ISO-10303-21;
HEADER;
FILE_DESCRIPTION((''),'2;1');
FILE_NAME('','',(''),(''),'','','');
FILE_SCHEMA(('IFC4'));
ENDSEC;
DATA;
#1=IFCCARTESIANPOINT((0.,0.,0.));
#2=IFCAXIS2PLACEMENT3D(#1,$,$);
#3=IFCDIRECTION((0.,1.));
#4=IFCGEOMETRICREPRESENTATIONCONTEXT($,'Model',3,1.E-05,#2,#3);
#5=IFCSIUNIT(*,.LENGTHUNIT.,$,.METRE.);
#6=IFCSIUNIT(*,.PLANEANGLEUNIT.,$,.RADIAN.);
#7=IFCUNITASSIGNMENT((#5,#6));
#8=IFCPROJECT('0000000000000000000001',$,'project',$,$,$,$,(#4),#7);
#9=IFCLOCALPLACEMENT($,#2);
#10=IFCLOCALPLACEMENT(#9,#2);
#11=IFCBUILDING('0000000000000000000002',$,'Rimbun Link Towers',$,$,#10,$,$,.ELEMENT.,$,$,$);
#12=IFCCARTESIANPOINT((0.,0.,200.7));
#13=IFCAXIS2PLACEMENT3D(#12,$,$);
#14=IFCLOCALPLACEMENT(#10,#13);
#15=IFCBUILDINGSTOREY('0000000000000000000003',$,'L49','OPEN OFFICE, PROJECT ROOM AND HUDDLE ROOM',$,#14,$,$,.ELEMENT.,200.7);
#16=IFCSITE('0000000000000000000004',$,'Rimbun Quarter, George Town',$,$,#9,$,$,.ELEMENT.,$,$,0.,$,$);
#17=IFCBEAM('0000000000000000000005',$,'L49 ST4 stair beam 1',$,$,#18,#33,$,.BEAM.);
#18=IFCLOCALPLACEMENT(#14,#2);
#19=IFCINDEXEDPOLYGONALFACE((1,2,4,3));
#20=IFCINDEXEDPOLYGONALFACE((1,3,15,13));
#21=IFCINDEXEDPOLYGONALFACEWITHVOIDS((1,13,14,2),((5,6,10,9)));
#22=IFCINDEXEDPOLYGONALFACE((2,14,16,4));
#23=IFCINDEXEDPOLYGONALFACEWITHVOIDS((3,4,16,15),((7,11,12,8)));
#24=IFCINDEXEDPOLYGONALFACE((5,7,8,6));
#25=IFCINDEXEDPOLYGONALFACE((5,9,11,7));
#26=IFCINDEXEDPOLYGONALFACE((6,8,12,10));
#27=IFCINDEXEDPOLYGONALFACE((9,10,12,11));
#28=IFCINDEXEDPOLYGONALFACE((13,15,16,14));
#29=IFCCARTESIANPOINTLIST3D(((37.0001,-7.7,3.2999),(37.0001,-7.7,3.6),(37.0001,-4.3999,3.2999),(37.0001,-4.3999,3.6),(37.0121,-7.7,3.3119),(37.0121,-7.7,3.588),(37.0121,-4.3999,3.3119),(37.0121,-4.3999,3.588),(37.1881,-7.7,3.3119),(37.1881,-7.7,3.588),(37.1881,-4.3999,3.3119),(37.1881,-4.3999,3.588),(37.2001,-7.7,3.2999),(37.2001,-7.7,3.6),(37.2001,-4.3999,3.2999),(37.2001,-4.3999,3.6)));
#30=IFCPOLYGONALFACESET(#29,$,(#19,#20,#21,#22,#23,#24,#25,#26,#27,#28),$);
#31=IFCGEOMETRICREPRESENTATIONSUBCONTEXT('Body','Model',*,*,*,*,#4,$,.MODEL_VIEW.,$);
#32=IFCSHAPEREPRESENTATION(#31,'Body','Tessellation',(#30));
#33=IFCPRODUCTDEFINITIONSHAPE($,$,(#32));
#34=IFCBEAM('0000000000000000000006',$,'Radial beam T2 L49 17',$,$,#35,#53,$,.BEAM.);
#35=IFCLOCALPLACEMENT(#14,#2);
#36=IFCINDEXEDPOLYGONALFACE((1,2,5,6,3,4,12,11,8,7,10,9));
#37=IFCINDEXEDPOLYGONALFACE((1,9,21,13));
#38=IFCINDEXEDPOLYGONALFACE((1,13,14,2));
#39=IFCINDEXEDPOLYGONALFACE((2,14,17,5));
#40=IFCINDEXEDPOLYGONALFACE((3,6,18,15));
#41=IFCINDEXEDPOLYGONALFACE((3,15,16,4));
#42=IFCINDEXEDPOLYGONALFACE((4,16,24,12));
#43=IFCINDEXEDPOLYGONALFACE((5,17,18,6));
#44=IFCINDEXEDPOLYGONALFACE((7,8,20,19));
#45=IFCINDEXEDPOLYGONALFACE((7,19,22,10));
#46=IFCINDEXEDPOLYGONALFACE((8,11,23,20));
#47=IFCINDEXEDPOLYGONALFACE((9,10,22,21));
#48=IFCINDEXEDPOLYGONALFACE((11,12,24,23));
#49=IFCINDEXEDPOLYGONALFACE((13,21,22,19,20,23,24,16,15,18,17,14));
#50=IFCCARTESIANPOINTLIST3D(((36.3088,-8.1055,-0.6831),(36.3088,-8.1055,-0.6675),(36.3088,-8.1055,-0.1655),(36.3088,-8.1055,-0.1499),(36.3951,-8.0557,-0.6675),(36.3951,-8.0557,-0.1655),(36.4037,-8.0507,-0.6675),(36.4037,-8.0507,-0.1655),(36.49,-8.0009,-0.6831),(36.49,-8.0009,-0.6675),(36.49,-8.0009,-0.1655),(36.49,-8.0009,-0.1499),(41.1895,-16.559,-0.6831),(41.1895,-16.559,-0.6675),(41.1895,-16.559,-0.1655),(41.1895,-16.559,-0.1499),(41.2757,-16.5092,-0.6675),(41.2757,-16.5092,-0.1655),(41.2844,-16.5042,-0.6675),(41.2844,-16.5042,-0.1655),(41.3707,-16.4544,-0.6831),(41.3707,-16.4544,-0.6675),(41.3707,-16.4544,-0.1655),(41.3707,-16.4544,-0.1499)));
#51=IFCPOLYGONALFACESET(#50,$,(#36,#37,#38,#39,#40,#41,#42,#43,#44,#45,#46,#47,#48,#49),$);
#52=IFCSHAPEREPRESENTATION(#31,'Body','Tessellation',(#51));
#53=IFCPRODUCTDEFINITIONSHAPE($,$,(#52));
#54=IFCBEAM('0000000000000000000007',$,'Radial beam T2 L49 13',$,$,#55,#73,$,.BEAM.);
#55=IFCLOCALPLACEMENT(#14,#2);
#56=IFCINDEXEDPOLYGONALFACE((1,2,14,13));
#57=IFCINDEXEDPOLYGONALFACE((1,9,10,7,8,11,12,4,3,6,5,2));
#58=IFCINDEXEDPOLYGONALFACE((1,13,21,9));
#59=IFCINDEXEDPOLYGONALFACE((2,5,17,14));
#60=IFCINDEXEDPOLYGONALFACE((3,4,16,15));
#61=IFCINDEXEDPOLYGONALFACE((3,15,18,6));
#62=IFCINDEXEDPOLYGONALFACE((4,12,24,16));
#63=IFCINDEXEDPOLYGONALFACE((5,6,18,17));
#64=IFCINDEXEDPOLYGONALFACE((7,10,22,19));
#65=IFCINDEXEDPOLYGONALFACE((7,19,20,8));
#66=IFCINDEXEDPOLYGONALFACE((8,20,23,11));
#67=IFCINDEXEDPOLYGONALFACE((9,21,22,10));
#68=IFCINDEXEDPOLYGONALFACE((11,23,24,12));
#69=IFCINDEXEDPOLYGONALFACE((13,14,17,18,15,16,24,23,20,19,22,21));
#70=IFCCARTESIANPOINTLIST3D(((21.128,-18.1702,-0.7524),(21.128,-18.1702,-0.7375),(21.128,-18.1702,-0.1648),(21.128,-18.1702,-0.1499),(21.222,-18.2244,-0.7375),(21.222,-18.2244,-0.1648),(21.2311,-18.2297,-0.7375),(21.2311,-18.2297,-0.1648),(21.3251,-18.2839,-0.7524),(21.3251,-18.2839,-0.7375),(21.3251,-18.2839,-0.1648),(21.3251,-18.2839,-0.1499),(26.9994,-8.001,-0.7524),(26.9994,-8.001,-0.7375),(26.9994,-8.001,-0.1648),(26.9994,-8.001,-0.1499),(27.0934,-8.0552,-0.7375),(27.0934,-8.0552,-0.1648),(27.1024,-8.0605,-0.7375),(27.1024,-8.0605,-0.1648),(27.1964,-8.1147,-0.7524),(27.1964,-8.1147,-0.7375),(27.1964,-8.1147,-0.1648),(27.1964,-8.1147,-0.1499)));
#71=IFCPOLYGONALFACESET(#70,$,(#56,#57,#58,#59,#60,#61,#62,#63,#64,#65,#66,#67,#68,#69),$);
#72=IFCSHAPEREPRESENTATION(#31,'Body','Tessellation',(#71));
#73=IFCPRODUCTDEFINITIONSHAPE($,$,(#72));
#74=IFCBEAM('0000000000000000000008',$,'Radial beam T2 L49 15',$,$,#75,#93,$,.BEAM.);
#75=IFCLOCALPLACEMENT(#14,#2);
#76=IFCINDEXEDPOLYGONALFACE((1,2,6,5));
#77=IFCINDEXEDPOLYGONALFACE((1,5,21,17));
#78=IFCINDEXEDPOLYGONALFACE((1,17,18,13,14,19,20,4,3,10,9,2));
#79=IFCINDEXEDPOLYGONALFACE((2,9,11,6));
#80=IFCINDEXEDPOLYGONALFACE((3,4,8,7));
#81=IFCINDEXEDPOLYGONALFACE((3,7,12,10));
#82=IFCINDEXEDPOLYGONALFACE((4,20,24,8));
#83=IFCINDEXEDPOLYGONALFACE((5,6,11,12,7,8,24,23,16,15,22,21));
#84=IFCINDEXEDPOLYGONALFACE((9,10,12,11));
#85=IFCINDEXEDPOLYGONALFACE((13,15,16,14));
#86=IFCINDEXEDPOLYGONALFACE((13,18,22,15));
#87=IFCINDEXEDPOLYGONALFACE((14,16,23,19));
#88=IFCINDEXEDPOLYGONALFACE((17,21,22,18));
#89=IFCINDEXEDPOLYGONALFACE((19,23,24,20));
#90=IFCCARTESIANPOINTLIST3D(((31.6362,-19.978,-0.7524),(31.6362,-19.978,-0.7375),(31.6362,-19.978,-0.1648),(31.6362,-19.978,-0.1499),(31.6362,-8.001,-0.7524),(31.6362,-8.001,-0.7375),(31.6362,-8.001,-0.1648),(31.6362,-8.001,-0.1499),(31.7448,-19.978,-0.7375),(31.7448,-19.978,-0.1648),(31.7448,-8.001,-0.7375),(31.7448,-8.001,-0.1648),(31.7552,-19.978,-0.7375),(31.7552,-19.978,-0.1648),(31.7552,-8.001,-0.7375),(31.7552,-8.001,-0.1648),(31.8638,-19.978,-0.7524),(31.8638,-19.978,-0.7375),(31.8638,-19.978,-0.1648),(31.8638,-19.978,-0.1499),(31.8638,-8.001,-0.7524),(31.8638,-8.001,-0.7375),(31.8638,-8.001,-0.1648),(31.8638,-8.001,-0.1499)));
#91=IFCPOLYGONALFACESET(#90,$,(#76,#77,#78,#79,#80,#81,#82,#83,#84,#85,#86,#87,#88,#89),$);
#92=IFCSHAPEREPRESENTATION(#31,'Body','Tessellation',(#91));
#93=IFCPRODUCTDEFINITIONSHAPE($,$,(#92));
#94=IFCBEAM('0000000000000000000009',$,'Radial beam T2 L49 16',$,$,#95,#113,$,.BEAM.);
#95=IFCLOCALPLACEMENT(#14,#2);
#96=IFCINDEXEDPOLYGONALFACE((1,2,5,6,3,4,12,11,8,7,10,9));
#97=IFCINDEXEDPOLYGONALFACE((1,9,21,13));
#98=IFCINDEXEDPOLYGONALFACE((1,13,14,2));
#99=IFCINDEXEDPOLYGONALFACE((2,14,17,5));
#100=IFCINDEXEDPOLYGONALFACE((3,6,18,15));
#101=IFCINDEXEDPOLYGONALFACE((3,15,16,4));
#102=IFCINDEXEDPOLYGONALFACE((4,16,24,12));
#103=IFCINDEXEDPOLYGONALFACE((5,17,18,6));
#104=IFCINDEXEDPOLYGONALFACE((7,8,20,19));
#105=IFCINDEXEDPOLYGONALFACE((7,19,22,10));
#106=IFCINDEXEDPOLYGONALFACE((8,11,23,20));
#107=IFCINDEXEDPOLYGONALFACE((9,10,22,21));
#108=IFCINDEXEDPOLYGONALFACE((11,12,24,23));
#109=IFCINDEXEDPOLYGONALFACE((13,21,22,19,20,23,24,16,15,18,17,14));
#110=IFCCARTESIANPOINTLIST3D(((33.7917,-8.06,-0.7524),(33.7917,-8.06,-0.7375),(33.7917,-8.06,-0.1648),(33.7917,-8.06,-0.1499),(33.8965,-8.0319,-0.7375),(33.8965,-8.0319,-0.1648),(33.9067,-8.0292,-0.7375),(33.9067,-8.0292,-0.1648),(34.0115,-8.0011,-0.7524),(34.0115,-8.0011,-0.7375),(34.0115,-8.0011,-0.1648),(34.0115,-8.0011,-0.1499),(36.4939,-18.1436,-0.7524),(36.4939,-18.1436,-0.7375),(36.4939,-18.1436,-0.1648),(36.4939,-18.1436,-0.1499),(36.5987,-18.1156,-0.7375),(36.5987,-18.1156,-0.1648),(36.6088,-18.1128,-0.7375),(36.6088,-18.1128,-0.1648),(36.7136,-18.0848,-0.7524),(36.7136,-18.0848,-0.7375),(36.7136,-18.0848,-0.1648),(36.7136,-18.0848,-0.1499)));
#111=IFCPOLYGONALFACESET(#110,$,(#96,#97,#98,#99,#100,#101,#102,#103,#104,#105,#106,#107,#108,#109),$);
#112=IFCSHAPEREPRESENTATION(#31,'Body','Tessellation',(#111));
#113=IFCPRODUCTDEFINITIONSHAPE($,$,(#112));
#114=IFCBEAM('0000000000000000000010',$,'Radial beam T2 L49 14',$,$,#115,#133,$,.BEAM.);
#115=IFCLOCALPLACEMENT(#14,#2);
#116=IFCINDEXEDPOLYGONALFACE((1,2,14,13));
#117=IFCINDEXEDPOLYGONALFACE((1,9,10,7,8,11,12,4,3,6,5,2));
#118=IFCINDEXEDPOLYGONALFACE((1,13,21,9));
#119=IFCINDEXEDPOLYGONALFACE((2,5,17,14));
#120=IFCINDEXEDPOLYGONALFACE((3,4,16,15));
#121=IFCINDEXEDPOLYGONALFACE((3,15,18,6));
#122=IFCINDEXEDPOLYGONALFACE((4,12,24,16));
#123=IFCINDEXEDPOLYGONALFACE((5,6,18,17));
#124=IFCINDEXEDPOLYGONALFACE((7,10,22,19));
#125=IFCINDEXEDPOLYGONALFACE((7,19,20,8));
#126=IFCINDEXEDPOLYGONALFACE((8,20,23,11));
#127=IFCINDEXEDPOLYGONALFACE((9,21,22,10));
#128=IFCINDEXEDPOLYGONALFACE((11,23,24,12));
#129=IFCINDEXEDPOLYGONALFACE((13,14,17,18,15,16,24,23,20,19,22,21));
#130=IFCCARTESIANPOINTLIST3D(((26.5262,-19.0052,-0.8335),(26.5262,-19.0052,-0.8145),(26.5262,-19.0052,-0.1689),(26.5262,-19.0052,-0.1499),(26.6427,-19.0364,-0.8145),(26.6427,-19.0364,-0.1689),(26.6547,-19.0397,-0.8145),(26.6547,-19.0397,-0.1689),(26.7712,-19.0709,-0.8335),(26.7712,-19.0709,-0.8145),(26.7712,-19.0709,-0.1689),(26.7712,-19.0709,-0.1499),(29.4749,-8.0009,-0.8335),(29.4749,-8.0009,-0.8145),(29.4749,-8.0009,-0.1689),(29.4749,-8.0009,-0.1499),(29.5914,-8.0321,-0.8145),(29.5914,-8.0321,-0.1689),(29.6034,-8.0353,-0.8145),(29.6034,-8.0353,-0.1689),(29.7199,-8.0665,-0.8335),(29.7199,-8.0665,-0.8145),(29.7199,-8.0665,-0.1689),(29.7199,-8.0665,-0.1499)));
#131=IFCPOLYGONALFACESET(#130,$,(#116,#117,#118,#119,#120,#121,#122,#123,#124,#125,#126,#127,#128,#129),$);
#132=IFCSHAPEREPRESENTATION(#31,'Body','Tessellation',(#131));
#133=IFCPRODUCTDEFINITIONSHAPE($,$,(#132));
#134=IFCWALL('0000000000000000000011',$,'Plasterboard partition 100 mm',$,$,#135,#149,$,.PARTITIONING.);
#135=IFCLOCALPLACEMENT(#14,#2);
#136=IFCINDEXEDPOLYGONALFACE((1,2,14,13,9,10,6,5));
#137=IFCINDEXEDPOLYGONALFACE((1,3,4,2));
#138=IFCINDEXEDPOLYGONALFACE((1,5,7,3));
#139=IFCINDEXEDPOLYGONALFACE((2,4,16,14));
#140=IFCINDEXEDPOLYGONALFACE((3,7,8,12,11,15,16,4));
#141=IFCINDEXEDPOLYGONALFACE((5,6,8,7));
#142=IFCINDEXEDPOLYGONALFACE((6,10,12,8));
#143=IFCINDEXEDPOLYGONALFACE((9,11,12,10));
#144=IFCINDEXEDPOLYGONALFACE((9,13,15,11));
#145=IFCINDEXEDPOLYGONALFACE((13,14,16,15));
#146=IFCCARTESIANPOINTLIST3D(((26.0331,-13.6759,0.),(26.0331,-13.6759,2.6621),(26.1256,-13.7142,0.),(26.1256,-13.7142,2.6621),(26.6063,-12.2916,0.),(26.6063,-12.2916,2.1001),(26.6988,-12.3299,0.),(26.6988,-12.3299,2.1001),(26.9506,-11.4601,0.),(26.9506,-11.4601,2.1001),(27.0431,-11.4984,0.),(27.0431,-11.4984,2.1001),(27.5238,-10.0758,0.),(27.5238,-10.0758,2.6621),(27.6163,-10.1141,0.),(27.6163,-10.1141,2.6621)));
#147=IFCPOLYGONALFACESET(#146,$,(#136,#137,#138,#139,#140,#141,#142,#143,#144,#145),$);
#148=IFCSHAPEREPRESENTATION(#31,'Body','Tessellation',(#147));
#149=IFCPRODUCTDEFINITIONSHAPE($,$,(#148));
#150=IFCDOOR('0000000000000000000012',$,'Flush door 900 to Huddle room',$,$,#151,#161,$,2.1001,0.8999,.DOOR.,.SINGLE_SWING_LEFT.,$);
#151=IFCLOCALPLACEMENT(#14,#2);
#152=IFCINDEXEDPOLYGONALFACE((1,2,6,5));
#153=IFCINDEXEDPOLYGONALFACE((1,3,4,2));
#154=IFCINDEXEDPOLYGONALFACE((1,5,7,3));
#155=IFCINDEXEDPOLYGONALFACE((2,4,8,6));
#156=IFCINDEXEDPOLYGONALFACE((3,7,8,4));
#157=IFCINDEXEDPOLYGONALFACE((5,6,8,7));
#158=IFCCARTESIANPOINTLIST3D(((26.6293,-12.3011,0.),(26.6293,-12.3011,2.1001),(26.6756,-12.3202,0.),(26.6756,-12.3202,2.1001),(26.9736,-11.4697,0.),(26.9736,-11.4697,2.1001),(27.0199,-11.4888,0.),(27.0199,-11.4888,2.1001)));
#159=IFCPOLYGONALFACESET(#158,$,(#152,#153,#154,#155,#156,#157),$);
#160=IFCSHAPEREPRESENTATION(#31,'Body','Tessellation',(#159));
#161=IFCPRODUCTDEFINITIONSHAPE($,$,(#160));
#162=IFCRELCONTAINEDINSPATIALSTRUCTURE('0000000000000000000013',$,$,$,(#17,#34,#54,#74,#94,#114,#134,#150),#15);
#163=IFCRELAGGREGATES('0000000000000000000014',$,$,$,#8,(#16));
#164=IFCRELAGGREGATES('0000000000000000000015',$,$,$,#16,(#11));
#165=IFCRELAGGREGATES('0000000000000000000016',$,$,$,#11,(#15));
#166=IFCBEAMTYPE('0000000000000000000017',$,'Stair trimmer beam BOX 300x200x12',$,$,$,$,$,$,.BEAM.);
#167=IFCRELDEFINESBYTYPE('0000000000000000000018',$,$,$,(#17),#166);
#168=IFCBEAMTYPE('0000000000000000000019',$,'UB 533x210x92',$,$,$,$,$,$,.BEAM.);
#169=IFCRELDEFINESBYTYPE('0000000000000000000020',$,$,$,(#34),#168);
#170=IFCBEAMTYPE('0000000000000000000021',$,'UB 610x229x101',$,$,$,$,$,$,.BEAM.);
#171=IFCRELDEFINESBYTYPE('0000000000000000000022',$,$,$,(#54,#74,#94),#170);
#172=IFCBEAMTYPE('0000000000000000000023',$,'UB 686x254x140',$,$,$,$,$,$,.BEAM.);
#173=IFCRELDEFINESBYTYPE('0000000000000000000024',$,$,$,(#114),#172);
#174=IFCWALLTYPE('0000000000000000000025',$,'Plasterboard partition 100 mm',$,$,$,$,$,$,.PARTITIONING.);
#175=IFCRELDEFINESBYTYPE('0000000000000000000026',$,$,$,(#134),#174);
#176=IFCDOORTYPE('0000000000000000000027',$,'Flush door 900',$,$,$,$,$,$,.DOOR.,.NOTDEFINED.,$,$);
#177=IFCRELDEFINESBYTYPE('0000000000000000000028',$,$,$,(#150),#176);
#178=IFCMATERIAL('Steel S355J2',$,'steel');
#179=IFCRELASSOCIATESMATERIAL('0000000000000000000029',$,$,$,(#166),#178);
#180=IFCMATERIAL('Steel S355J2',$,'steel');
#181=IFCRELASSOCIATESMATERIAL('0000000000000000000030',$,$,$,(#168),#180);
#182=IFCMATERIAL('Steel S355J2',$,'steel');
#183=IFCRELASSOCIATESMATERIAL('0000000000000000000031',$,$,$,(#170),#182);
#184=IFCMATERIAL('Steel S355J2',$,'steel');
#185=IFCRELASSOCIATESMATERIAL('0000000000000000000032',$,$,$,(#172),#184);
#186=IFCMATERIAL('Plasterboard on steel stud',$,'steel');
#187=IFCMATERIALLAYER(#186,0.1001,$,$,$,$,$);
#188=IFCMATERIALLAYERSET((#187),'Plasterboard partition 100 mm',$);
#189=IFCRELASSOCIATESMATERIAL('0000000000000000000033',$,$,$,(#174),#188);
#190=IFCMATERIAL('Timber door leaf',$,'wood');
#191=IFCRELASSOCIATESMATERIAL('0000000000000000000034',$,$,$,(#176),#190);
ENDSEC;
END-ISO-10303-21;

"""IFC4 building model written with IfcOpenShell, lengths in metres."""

from ifc_helpers import new_model, si_unit, direction, frame, frame_2d, origin, origin_2d, place, context, subcontext, project, spatial, rectangle, hollow_rectangle, i_section, extrude, material, layer, layer_set, material_profile, profile_set, type_object, element, fill, save


model = new_model("IFC4")

# Units and contexts
model_context = context("Model", 3, precision=1e-05, world=origin(), true_north=direction((0.0, 1.0)))
body_context = subcontext(model_context, "Body", "Model", "MODEL_VIEW")
ifc_project = project(units=[si_unit("LENGTHUNIT", "METRE"), si_unit("PLANEANGLEUNIT", "RADIAN")], contexts=[model_context])

# Site, building, storey
site_placement = place(None, origin())
site = spatial("IfcSite", under=ifc_project, at=site_placement, Name="Rimbun Quarter, George Town", CompositionType="ELEMENT", RefElevation=0.0)
building_placement = place(site_placement, origin())
building = spatial("IfcBuilding", under=site, at=building_placement, Name="Rimbun Link Towers", CompositionType="ELEMENT")
storey_placement = place(building_placement, frame((0.0, 0.0, 200.7)))
storey = spatial("IfcBuildingStorey", under=building, at=storey_placement, Name="L49", Description="OPEN OFFICE, PROJECT ROOM AND HUDDLE ROOM", CompositionType="ELEMENT", Elevation=200.7)

# Beams
ifc_material_1 = material(Name="Steel S355J2", Category="steel")
ifc_material_profile_1 = material_profile(ifc_material_1, hollow_rectangle(XDim=0.2, YDim=0.3, WallThickness=0.012, at=origin_2d()), Name="BOX 300x200x12")
ifc_profile_set_1 = profile_set([ifc_material_profile_1], Name="Steel S355J2")
beam_type_1 = type_object("IfcBeamType", Name="Stair trimmer beam BOX 300x200x12", PredefinedType="BEAM", material=ifc_profile_set_1)
beam_1_placement = place(storey_placement, frame((37.1001, -7.7, 3.45), z_axis=(0.0, 1.0, 0.0), x_axis=(-1.0, 0.0, 0.0)))
element("IfcBeam", 1, at=beam_1_placement, inside=storey, type_object=beam_type_1, Name="L49 ST4 stair beam 1", PredefinedType="BEAM", context=body_context, shape_type="SweptSolid", body=[
    extrude(hollow_rectangle(XDim=0.2, YDim=0.3, WallThickness=0.012, at=origin_2d()), origin(), (0.0, 0.0, 1.0), 3.3),
])
ifc_material_2 = material(Name="Steel S355J2", Category="steel")
ifc_material_profile_2 = material_profile(ifc_material_2, i_section(OverallWidth=0.2092, OverallDepth=0.5332, WebThickness=0.01, FlangeThickness=0.0156, at=origin_2d()), Name="UB 533x210x92")
ifc_profile_set_2 = profile_set([ifc_material_profile_2], Name="Steel S355J2")
beam_type_2 = type_object("IfcBeamType", Name="UB 533x210x92", PredefinedType="BEAM", material=ifc_profile_set_2)
beam_2_placement = place(storey_placement, frame((36.3994, -8.0532, -0.4165), z_axis=(0.500005, -0.866023, 0.0), x_axis=(0.866023, 0.500005, 0.0)))
element("IfcBeam", 2, at=beam_2_placement, inside=storey, type_object=beam_type_2, Name="Radial beam T2 L49 17", PredefinedType="BEAM", context=body_context, shape_type="SweptSolid", body=[
    extrude(i_section(OverallWidth=0.2092, OverallDepth=0.5332, WebThickness=0.01, FlangeThickness=0.0156, at=origin_2d()), origin(), (0.0, 0.0, 1.0), 9.7612),
])
ifc_material_3 = material(Name="Steel S355J2", Category="steel")
ifc_material_profile_3 = material_profile(ifc_material_3, i_section(OverallWidth=0.2275, OverallDepth=0.6025, WebThickness=0.0105, FlangeThickness=0.0149, at=origin_2d()), Name="UB 610x229x101")
ifc_profile_set_3 = profile_set([ifc_material_profile_3], Name="Steel S355J2")
beam_type_3 = type_object("IfcBeamType", Name="UB 610x229x101", PredefinedType="BEAM", material=ifc_profile_set_3)
beam_3_placement = place(storey_placement, frame((27.0979, -8.0579, -0.4512), z_axis=(-0.50001, -0.86602, 0.0), x_axis=(0.86602, -0.50001, 0.0)))
element("IfcBeam", 3, at=beam_3_placement, inside=storey, type_object=beam_type_3, Name="Radial beam T2 L49 13", PredefinedType="BEAM", context=body_context, shape_type="SweptSolid", body=[
    extrude(i_section(OverallWidth=0.2275, OverallDepth=0.6025, WebThickness=0.0105, FlangeThickness=0.0149, at=origin_2d()), origin(), (0.0, 0.0, 1.0), 11.7424),
])
beam_4_placement = place(storey_placement, frame((31.75, -8.001, -0.4512), z_axis=(0.0, -1.0, 0.0), x_axis=(1.0, 0.0, 0.0)))
element("IfcBeam", 4, at=beam_4_placement, inside=storey, type_object=beam_type_3, Name="Radial beam T2 L49 15", PredefinedType="BEAM", context=body_context, shape_type="SweptSolid", body=[
    extrude(i_section(OverallWidth=0.2275, OverallDepth=0.6025, WebThickness=0.0105, FlangeThickness=0.0149, at=origin_2d()), origin(), (0.0, 0.0, 1.0), 11.9771),
])
beam_5_placement = place(storey_placement, frame((33.9016, -8.0305, -0.4512), z_axis=(0.258839, -0.965921, 0.0), x_axis=(0.965921, 0.258839, 0.0)))
element("IfcBeam", 5, at=beam_5_placement, inside=storey, type_object=beam_type_3, Name="Radial beam T2 L49 16", PredefinedType="BEAM", context=body_context, shape_type="SweptSolid", body=[
    extrude(i_section(OverallWidth=0.2275, OverallDepth=0.6025, WebThickness=0.0105, FlangeThickness=0.0149, at=origin_2d()), origin(), (0.0, 0.0, 1.0), 10.4395),
])
ifc_material_4 = material(Name="Steel S355J2", Category="steel")
ifc_material_profile_4 = material_profile(ifc_material_4, i_section(OverallWidth=0.2537, OverallDepth=0.6836, WebThickness=0.0125, FlangeThickness=0.019, at=origin_2d()), Name="UB 686x254x140")
ifc_profile_set_4 = profile_set([ifc_material_profile_4], Name="Steel S355J2")
beam_type_4 = type_object("IfcBeamType", Name="UB 686x254x140", PredefinedType="BEAM", material=ifc_profile_set_4)
beam_6_placement = place(storey_placement, frame((29.5974, -8.0337, -0.4917), z_axis=(-0.258828, -0.965923, 0.0), x_axis=(0.965923, -0.258828, 0.0)))
element("IfcBeam", 6, at=beam_6_placement, inside=storey, type_object=beam_type_4, Name="Radial beam T2 L49 14", PredefinedType="BEAM", context=body_context, shape_type="SweptSolid", body=[
    extrude(i_section(OverallWidth=0.2537, OverallDepth=0.6836, WebThickness=0.0125, FlangeThickness=0.019, at=origin_2d()), origin(), (0.0, 0.0, 1.0), 11.3926),
])

# Wall, opening, door
ifc_material_5 = material(Name="Plasterboard on steel stud", Category="steel")
ifc_layer_1 = layer(ifc_material_5, 0.1001)
ifc_layer_set_1 = layer_set([ifc_layer_1], Name="Plasterboard partition 100 mm")
wall_type_1 = type_object("IfcWallType", Name="Plasterboard partition 100 mm", PredefinedType="PARTITIONING", material=ifc_layer_set_1)
wall_1_placement = place(storey_placement, frame((27.5701, -10.095, 0.0), z_axis=(0.0, 0.0, 1.0), x_axis=(-0.382577, -0.923924, 0.0)))
wall_1 = element("IfcWall", 7, at=wall_1_placement, inside=storey, type_object=wall_type_1, Name="Plasterboard partition 100 mm", PredefinedType="PARTITIONING", context=body_context, shape_type="SweptSolid", body=[
    extrude(rectangle(XDim=3.8965, YDim=0.1001, at=frame_2d((1.9482, 0.0))), origin(), (0.0, 0.0, 1.0), 2.6621),
])
opening_1_placement = place(wall_1_placement, frame((1.4983, 0.0, 0.0)))
opening_1 = element("IfcOpeningElement", 8, at=opening_1_placement, cuts=wall_1, PredefinedType="OPENING", context=body_context, shape_type="SweptSolid", body=[
    extrude(rectangle(XDim=0.8999, YDim=2.1001, at=frame_2d((0.45, 1.05))), frame((0.0, 0.0601, 0.0), z_axis=(0.0, -1.0, 0.0), x_axis=(1.0, 0.0, 0.0)), (0.0, 0.0, 1.0), 0.1201),
])
ifc_material_6 = material(Name="Timber door leaf", Category="wood")
door_type_1 = type_object("IfcDoorType", Name="Flush door 900", OperationType="NOTDEFINED", PredefinedType="DOOR", material=ifc_material_6)
door_1_placement = place(opening_1_placement, origin())
door_1 = element("IfcDoor", 9, at=door_1_placement, inside=storey, type_object=door_type_1, Name="Flush door 900 to Huddle room", OperationType="SINGLE_SWING_LEFT", OverallHeight=2.1001, OverallWidth=0.8999, PredefinedType="DOOR", context=body_context, shape_type="SweptSolid", body=[
    extrude(rectangle(XDim=0.8999, YDim=2.1001, at=frame_2d((0.45, 1.05))), frame((0.0, 0.0249, 0.0), z_axis=(0.0, -1.0, 0.0), x_axis=(1.0, 0.0, 0.0)), (0.0, 0.0, 1.0), 0.05),
])
fill(opening_1, door_1)

save(model, "model.ifc")
